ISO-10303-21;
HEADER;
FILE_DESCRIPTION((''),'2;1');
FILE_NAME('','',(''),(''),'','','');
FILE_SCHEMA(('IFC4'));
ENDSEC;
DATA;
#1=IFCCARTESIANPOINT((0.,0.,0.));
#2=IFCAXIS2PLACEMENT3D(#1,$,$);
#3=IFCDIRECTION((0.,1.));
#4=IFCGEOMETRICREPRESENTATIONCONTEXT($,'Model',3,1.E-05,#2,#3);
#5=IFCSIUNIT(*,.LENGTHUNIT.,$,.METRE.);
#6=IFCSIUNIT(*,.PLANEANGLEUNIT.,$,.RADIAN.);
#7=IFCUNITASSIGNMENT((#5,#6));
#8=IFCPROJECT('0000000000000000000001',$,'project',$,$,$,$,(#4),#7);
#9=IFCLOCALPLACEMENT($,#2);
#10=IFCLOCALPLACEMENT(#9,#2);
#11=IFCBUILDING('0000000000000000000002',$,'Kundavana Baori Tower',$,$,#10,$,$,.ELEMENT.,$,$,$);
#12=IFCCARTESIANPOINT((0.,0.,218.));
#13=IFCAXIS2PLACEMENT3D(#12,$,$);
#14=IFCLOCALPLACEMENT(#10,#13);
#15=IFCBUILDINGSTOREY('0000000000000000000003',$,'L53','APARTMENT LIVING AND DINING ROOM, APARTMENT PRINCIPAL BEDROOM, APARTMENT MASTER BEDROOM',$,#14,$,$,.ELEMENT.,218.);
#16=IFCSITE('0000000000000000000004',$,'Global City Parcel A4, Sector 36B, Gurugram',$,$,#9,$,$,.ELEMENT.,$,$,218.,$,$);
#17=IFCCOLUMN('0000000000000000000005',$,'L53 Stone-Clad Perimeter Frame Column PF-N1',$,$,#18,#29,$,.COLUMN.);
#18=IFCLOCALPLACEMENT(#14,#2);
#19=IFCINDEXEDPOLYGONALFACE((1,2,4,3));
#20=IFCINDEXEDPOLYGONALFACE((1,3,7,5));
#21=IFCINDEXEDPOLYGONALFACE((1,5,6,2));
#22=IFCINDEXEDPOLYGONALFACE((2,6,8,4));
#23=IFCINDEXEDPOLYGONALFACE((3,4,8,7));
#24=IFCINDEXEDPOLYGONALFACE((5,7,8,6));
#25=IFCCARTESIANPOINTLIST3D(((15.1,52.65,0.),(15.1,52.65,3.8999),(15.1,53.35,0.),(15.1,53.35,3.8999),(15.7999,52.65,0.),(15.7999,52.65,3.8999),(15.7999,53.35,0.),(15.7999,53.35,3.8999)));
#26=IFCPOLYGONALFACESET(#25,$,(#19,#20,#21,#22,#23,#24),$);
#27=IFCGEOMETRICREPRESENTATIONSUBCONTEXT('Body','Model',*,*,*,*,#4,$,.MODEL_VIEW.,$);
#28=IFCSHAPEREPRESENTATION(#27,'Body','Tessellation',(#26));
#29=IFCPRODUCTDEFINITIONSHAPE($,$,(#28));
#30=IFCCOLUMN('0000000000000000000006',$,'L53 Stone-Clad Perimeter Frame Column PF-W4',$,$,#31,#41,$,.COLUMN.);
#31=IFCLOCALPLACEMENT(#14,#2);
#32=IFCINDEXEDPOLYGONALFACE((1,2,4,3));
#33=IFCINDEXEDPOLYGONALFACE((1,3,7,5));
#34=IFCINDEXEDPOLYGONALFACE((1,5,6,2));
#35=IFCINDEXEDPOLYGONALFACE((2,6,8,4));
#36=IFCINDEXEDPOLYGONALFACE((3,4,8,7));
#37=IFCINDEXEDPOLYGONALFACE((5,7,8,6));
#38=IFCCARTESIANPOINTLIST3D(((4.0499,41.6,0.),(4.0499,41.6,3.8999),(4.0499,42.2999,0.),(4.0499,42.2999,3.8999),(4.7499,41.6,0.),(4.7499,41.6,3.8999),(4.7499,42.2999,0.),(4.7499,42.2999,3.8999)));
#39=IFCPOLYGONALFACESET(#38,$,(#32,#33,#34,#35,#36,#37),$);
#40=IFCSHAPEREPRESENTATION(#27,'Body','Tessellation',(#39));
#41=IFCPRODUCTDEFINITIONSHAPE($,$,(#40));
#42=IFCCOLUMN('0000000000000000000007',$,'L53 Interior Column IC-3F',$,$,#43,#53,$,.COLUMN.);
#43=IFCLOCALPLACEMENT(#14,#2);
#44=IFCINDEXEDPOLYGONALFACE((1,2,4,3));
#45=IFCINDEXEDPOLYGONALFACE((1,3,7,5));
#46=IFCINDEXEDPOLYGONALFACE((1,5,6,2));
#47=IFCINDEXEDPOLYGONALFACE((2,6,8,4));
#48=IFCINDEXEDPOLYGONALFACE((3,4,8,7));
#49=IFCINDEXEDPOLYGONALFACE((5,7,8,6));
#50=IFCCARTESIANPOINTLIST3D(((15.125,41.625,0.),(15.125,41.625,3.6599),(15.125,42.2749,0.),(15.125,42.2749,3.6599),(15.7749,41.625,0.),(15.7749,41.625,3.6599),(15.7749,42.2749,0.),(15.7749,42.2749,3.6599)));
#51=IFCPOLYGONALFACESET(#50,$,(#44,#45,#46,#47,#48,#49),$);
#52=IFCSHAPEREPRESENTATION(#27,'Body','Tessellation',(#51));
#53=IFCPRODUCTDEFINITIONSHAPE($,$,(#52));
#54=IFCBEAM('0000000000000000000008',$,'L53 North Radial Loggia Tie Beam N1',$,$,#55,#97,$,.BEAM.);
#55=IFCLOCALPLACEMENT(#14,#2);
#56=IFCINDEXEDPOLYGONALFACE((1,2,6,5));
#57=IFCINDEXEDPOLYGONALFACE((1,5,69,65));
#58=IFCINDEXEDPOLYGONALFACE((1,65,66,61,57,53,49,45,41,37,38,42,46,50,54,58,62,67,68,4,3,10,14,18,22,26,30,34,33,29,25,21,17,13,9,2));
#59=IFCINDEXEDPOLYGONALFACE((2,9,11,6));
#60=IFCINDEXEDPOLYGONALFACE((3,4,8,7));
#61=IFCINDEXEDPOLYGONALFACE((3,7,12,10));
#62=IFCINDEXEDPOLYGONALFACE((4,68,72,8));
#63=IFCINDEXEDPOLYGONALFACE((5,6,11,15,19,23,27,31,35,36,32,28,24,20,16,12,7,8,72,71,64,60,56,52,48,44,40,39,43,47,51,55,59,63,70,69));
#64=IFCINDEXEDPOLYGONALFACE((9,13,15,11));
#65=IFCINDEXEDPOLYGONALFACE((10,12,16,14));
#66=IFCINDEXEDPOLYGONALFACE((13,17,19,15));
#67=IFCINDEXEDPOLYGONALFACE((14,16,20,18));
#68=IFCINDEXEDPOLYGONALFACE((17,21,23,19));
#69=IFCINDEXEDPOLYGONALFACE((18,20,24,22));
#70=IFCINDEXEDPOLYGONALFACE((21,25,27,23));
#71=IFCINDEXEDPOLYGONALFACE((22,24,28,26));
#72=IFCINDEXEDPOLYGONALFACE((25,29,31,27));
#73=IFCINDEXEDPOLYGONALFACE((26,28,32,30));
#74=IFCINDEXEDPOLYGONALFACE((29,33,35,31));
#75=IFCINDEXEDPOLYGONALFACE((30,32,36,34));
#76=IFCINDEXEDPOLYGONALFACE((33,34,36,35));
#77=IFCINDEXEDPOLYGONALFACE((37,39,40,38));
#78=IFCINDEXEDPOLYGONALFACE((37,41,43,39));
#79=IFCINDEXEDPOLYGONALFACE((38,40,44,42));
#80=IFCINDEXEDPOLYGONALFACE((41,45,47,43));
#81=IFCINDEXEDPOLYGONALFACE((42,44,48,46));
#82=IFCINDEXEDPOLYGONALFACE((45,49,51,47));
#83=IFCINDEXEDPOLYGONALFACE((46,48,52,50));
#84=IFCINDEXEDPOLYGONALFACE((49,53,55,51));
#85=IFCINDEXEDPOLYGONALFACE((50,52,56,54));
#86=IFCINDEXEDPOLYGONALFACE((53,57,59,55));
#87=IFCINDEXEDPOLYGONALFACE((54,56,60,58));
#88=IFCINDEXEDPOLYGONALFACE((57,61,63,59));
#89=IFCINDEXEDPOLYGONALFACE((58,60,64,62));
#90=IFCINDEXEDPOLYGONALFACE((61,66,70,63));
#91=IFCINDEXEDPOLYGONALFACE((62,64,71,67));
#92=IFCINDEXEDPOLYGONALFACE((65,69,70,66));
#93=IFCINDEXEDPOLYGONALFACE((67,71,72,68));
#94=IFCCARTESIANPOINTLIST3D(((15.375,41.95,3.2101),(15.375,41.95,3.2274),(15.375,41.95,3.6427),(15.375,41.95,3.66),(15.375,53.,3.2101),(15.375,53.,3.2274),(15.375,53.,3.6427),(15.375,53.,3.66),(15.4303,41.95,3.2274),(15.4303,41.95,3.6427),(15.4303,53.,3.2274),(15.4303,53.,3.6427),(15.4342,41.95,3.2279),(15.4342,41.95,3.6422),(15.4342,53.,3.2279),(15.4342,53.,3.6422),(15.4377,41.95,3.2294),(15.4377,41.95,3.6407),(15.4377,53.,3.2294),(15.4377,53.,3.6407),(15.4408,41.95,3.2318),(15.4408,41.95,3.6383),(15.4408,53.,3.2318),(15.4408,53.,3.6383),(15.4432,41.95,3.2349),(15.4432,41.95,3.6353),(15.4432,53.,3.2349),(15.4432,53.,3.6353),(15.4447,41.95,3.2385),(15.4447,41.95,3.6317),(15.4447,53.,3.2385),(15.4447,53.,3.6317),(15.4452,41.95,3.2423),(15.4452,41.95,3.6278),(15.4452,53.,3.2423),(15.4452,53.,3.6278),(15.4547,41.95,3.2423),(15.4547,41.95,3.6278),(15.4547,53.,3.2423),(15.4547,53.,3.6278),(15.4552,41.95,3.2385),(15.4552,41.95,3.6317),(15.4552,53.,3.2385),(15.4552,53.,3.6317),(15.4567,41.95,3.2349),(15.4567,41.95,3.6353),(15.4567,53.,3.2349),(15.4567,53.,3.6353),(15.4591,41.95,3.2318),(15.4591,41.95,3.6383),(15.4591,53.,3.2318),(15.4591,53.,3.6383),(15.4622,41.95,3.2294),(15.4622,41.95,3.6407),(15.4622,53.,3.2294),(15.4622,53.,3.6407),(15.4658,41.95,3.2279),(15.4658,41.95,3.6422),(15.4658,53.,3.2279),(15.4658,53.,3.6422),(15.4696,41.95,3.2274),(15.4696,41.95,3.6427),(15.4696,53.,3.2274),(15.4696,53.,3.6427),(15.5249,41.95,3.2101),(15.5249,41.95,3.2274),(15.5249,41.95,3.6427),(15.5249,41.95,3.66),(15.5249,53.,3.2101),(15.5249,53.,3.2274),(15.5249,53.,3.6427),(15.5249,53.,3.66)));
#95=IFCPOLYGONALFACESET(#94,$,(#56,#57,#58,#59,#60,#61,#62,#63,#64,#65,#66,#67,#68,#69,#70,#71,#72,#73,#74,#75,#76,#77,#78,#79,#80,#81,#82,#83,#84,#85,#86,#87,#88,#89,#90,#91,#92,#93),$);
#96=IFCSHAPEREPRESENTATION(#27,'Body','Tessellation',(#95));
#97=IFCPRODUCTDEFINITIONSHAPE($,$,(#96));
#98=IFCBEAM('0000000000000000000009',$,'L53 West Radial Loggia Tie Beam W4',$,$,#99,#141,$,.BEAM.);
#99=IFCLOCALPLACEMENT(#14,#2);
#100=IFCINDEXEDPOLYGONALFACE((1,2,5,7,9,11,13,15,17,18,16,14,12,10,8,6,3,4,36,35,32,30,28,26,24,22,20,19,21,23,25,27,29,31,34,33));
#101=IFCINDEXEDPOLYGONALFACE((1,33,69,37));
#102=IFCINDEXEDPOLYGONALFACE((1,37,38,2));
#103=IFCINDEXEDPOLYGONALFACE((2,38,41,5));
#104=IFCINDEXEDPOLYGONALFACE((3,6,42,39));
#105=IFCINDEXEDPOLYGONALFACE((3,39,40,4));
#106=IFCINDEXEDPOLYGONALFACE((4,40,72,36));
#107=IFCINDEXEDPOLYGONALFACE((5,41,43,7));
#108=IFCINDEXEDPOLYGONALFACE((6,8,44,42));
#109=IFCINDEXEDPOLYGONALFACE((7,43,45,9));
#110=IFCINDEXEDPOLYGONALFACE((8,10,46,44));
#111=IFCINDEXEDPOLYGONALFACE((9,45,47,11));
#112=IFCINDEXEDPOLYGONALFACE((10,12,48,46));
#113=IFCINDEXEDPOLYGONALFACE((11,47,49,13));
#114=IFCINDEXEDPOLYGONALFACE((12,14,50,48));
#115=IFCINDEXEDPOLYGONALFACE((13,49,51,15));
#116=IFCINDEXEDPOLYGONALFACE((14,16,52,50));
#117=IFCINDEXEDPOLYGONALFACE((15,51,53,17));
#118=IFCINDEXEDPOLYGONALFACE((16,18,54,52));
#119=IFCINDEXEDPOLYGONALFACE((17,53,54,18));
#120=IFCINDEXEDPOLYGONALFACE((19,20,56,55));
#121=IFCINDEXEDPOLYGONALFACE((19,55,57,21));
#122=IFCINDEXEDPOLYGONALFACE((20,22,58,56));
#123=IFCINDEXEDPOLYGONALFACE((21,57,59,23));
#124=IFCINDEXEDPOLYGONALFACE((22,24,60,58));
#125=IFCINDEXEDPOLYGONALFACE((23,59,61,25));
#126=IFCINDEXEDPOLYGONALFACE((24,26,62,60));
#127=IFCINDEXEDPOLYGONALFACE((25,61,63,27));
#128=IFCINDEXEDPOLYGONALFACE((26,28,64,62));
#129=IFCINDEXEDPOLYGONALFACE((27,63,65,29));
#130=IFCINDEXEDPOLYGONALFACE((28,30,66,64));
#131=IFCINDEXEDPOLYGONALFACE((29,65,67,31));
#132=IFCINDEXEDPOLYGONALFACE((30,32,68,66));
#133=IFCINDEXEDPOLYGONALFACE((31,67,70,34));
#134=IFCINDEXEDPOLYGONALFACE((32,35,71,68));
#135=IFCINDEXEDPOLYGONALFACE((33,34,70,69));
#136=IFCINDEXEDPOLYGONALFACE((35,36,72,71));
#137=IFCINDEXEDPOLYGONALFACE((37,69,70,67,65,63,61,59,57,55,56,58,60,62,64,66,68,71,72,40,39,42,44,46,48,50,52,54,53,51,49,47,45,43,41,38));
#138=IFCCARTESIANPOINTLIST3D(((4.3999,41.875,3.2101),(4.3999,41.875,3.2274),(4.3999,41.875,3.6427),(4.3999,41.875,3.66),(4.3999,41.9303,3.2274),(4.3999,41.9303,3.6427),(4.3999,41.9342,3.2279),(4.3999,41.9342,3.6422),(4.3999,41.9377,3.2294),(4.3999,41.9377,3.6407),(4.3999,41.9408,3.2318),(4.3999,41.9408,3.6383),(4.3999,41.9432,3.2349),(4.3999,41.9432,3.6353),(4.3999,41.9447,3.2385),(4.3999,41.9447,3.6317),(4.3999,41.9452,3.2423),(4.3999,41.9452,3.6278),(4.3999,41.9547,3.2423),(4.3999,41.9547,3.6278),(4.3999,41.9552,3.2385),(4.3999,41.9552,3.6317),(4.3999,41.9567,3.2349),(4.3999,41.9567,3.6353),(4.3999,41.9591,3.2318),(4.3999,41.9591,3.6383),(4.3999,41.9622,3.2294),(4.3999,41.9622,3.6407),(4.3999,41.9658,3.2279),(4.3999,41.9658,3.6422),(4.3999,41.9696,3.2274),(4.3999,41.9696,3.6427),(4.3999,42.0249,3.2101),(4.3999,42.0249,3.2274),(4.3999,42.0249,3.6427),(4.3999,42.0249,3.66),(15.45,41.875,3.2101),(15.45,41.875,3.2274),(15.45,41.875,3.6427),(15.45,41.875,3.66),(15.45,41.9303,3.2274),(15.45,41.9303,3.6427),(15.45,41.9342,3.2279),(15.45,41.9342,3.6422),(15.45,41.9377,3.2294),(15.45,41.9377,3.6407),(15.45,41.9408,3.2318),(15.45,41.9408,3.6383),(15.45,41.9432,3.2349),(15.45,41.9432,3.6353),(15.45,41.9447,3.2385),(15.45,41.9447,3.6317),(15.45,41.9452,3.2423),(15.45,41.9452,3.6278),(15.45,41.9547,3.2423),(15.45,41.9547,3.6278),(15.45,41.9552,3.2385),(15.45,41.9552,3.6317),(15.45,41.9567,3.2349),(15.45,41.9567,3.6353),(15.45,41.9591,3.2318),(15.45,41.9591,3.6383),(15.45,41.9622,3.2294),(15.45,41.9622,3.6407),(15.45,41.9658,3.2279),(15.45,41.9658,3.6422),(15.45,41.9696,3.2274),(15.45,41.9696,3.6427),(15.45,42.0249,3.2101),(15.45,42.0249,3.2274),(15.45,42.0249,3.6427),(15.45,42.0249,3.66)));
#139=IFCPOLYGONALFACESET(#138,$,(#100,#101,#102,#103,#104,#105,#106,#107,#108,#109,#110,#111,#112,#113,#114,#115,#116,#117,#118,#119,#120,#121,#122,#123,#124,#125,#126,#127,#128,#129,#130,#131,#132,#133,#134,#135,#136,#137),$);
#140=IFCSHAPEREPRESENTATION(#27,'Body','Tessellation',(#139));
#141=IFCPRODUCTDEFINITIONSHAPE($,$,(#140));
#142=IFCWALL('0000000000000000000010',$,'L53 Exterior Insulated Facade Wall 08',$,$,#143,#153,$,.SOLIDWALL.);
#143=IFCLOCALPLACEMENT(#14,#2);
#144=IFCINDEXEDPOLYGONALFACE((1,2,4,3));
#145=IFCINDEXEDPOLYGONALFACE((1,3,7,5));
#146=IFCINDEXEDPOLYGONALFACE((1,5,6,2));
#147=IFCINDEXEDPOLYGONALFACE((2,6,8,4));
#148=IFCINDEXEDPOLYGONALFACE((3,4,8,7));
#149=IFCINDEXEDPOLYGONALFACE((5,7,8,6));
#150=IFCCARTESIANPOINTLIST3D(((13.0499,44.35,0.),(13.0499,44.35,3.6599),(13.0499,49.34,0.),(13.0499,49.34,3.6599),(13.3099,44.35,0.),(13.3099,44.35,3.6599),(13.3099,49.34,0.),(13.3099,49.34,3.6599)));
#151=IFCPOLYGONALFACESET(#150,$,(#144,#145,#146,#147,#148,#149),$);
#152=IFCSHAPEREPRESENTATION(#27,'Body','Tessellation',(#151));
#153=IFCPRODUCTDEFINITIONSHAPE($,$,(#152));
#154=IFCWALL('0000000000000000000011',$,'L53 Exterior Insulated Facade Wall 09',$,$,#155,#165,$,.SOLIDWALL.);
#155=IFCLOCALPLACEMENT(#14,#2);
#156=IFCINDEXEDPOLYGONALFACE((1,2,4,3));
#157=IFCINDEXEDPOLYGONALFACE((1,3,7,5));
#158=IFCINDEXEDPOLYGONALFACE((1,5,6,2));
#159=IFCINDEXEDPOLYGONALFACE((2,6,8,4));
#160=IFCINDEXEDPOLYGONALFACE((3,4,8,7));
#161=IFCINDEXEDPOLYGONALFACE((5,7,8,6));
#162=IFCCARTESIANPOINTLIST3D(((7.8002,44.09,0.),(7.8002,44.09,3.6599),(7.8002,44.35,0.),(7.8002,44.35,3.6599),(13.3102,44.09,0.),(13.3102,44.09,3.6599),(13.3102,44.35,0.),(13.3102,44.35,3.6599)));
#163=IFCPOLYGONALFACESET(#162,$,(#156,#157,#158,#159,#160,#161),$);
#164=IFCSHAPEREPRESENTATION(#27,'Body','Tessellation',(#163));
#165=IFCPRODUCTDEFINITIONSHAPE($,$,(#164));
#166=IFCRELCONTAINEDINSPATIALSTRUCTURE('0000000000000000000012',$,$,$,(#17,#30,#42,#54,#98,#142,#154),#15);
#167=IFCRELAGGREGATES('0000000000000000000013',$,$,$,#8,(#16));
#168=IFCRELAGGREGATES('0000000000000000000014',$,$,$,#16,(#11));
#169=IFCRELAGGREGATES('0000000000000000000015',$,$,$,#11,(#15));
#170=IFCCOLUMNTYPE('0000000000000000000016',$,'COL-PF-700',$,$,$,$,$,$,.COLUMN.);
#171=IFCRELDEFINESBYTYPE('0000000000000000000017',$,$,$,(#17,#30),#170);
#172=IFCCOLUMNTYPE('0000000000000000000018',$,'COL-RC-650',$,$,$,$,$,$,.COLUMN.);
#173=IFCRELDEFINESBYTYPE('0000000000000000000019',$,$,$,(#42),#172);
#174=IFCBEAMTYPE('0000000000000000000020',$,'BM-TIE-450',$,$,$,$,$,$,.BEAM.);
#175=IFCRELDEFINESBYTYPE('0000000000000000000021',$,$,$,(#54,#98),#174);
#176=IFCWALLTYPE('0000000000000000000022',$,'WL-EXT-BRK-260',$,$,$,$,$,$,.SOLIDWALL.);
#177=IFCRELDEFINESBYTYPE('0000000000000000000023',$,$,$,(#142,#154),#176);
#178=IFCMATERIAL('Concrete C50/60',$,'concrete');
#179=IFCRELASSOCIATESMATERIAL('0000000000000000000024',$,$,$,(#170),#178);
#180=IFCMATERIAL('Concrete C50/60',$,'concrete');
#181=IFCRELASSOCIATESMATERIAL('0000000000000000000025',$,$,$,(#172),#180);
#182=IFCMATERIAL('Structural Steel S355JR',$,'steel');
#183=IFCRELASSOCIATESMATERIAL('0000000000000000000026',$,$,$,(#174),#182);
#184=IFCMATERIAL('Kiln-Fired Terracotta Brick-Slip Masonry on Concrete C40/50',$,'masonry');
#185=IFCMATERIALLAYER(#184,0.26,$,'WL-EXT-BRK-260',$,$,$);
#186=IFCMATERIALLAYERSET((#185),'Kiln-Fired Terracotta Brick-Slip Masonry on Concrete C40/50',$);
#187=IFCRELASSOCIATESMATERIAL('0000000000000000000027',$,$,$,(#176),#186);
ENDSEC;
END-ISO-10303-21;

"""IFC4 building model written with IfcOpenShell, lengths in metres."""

from ifc_helpers import new_model, si_unit, direction, frame, frame_2d, origin, origin_2d, place, context, subcontext, project, spatial, rectangle, i_section, extrude, material, layer, layer_set, material_profile, profile_set, type_object, element, save


model = new_model("IFC4")

# Units and contexts
model_context = context("Model", 3, precision=1e-05, world=origin(), true_north=direction((0.0, 1.0)))
body_context = subcontext(model_context, "Body", "Model", "MODEL_VIEW")
ifc_project = project(units=[si_unit("LENGTHUNIT", "METRE"), si_unit("PLANEANGLEUNIT", "RADIAN")], contexts=[model_context])

# Site, building, storey
site_placement = place(None, origin())
site = spatial("IfcSite", under=ifc_project, at=site_placement, Name="Global City Parcel A4, Sector 36B, Gurugram", CompositionType="ELEMENT", RefElevation=218.0)
building_placement = place(site_placement, origin())
building = spatial("IfcBuilding", under=site, at=building_placement, Name="Kundavana Baori Tower", CompositionType="ELEMENT")
storey_placement = place(building_placement, frame((0.0, 0.0, 218.0)))
storey = spatial("IfcBuildingStorey", under=building, at=storey_placement, Name="L53", Description="APARTMENT LIVING AND DINING ROOM, APARTMENT PRINCIPAL BEDROOM, APARTMENT MASTER BEDROOM", CompositionType="ELEMENT", Elevation=218.0)

# Columns
ifc_material_1 = material(Name="Concrete C50/60", Category="concrete")
ifc_material_profile_1 = material_profile(ifc_material_1, rectangle(XDim=0.7, YDim=0.7, at=origin_2d()), Name="RC PF 700x700")
ifc_profile_set_1 = profile_set([ifc_material_profile_1], Name="Concrete C50/60")
column_type_1 = type_object("IfcColumnType", Name="COL-PF-700", PredefinedType="COLUMN", material=ifc_profile_set_1)
for number, where, z_axis, x_axis, name in (
    (1, (15.45, 53.0, 0.0), (0.0, 0.0, 1.0), (1.0, 0.0, 0.0), "L53 Stone-Clad Perimeter Frame Column PF-N1"),
    (2, (4.3999, 41.95, 0.0), (0.0, 0.0, 1.0), (1.0, 0.0, 0.0), "L53 Stone-Clad Perimeter Frame Column PF-W4"),
):
    element("IfcColumn", number, at=place(storey_placement, frame(where, z_axis=z_axis, x_axis=x_axis)), inside=storey, type_object=column_type_1, Name=name, PredefinedType="COLUMN", context=body_context, shape_type="SweptSolid", body=[
        extrude(rectangle(XDim=0.7, YDim=0.7, at=origin_2d()), origin(), (0.0, 0.0, 1.0), 3.8999),
    ])
ifc_material_2 = material(Name="Concrete C50/60", Category="concrete")
ifc_material_profile_2 = material_profile(ifc_material_2, rectangle(XDim=0.6499, YDim=0.6499, at=origin_2d()), Name="RC 650x650")
ifc_profile_set_2 = profile_set([ifc_material_profile_2], Name="Concrete C50/60")
column_type_2 = type_object("IfcColumnType", Name="COL-RC-650", PredefinedType="COLUMN", material=ifc_profile_set_2)
column_placement = place(storey_placement, frame((15.45, 41.95, 0.0), z_axis=(0.0, 0.0, 1.0), x_axis=(1.0, 0.0, 0.0)))
element("IfcColumn", 3, at=column_placement, inside=storey, type_object=column_type_2, Name="L53 Interior Column IC-3F", PredefinedType="COLUMN", context=body_context, shape_type="SweptSolid", body=[
    extrude(rectangle(XDim=0.6499, YDim=0.6499, at=origin_2d()), origin(), (0.0, 0.0, 1.0), 3.6599),
])

# Beams
ifc_material_3 = material(Name="Structural Steel S355JR", Category="steel")
ifc_material_profile_3 = material_profile(ifc_material_3, i_section(OverallWidth=0.1499, OverallDepth=0.45, WebThickness=0.0095, FlangeThickness=0.0173, FilletRadius=0.0149, at=origin_2d()), Name="ISMB 450")
ifc_profile_set_3 = profile_set([ifc_material_profile_3], Name="Structural Steel S355JR")
beam_type = type_object("IfcBeamType", Name="BM-TIE-450", PredefinedType="BEAM", material=ifc_profile_set_3)
for number, where, z_axis, x_axis, name in (
    (4, (15.45, 41.95, 3.4351), (0.0, 1.0, 0.0), (-1.0, 0.0, 0.0), "L53 North Radial Loggia Tie Beam N1"),
    (5, (15.45, 41.95, 3.4351), (-1.0, 0.0, 0.0), (0.0, -1.0, 0.0), "L53 West Radial Loggia Tie Beam W4"),
):
    element("IfcBeam", number, at=place(storey_placement, frame(where, z_axis=z_axis, x_axis=x_axis)), inside=storey, type_object=beam_type, Name=name, PredefinedType="BEAM", context=body_context, shape_type="SweptSolid", body=[
        extrude(i_section(OverallWidth=0.1499, OverallDepth=0.45, WebThickness=0.0095, FlangeThickness=0.0173, FilletRadius=0.0149, at=origin_2d()), origin(), (0.0, 0.0, 1.0), 11.05),
    ])

# Walls
ifc_material_4 = material(Name="Kiln-Fired Terracotta Brick-Slip Masonry on Concrete C40/50", Category="masonry")
ifc_layer_1 = layer(ifc_material_4, 0.26, Name="WL-EXT-BRK-260")
ifc_layer_set_1 = layer_set([ifc_layer_1], Name="Kiln-Fired Terracotta Brick-Slip Masonry on Concrete C40/50")
wall_type_1 = type_object("IfcWallType", Name="WL-EXT-BRK-260", PredefinedType="SOLIDWALL", material=ifc_layer_set_1)
wall_1_placement = place(storey_placement, frame((13.1799, 49.3401, 0.0), z_axis=(0.0, 0.0, 1.0), x_axis=(0.0, -1.0, 0.0)))
element("IfcWall", 6, at=wall_1_placement, inside=storey, type_object=wall_type_1, Name="L53 Exterior Insulated Facade Wall 08", PredefinedType="SOLIDWALL", context=body_context, shape_type="SweptSolid", body=[
    extrude(rectangle(XDim=4.99, YDim=0.26, at=frame_2d((2.4951, 0.0))), origin(), (0.0, 0.0, 1.0), 3.6599),
])
wall_2_placement = place(storey_placement, frame((13.3101, 44.22, 0.0), z_axis=(0.0, 0.0, 1.0), x_axis=(-1.0, 0.0, 0.0)))
element("IfcWall", 7, at=wall_2_placement, inside=storey, type_object=wall_type_1, Name="L53 Exterior Insulated Facade Wall 09", PredefinedType="SOLIDWALL", context=body_context, shape_type="SweptSolid", body=[
    extrude(rectangle(XDim=5.51, YDim=0.26, at=frame_2d((2.7549, 0.0))), origin(), (0.0, 0.0, 1.0), 3.6599),
])

save(model, "model.ifc")
